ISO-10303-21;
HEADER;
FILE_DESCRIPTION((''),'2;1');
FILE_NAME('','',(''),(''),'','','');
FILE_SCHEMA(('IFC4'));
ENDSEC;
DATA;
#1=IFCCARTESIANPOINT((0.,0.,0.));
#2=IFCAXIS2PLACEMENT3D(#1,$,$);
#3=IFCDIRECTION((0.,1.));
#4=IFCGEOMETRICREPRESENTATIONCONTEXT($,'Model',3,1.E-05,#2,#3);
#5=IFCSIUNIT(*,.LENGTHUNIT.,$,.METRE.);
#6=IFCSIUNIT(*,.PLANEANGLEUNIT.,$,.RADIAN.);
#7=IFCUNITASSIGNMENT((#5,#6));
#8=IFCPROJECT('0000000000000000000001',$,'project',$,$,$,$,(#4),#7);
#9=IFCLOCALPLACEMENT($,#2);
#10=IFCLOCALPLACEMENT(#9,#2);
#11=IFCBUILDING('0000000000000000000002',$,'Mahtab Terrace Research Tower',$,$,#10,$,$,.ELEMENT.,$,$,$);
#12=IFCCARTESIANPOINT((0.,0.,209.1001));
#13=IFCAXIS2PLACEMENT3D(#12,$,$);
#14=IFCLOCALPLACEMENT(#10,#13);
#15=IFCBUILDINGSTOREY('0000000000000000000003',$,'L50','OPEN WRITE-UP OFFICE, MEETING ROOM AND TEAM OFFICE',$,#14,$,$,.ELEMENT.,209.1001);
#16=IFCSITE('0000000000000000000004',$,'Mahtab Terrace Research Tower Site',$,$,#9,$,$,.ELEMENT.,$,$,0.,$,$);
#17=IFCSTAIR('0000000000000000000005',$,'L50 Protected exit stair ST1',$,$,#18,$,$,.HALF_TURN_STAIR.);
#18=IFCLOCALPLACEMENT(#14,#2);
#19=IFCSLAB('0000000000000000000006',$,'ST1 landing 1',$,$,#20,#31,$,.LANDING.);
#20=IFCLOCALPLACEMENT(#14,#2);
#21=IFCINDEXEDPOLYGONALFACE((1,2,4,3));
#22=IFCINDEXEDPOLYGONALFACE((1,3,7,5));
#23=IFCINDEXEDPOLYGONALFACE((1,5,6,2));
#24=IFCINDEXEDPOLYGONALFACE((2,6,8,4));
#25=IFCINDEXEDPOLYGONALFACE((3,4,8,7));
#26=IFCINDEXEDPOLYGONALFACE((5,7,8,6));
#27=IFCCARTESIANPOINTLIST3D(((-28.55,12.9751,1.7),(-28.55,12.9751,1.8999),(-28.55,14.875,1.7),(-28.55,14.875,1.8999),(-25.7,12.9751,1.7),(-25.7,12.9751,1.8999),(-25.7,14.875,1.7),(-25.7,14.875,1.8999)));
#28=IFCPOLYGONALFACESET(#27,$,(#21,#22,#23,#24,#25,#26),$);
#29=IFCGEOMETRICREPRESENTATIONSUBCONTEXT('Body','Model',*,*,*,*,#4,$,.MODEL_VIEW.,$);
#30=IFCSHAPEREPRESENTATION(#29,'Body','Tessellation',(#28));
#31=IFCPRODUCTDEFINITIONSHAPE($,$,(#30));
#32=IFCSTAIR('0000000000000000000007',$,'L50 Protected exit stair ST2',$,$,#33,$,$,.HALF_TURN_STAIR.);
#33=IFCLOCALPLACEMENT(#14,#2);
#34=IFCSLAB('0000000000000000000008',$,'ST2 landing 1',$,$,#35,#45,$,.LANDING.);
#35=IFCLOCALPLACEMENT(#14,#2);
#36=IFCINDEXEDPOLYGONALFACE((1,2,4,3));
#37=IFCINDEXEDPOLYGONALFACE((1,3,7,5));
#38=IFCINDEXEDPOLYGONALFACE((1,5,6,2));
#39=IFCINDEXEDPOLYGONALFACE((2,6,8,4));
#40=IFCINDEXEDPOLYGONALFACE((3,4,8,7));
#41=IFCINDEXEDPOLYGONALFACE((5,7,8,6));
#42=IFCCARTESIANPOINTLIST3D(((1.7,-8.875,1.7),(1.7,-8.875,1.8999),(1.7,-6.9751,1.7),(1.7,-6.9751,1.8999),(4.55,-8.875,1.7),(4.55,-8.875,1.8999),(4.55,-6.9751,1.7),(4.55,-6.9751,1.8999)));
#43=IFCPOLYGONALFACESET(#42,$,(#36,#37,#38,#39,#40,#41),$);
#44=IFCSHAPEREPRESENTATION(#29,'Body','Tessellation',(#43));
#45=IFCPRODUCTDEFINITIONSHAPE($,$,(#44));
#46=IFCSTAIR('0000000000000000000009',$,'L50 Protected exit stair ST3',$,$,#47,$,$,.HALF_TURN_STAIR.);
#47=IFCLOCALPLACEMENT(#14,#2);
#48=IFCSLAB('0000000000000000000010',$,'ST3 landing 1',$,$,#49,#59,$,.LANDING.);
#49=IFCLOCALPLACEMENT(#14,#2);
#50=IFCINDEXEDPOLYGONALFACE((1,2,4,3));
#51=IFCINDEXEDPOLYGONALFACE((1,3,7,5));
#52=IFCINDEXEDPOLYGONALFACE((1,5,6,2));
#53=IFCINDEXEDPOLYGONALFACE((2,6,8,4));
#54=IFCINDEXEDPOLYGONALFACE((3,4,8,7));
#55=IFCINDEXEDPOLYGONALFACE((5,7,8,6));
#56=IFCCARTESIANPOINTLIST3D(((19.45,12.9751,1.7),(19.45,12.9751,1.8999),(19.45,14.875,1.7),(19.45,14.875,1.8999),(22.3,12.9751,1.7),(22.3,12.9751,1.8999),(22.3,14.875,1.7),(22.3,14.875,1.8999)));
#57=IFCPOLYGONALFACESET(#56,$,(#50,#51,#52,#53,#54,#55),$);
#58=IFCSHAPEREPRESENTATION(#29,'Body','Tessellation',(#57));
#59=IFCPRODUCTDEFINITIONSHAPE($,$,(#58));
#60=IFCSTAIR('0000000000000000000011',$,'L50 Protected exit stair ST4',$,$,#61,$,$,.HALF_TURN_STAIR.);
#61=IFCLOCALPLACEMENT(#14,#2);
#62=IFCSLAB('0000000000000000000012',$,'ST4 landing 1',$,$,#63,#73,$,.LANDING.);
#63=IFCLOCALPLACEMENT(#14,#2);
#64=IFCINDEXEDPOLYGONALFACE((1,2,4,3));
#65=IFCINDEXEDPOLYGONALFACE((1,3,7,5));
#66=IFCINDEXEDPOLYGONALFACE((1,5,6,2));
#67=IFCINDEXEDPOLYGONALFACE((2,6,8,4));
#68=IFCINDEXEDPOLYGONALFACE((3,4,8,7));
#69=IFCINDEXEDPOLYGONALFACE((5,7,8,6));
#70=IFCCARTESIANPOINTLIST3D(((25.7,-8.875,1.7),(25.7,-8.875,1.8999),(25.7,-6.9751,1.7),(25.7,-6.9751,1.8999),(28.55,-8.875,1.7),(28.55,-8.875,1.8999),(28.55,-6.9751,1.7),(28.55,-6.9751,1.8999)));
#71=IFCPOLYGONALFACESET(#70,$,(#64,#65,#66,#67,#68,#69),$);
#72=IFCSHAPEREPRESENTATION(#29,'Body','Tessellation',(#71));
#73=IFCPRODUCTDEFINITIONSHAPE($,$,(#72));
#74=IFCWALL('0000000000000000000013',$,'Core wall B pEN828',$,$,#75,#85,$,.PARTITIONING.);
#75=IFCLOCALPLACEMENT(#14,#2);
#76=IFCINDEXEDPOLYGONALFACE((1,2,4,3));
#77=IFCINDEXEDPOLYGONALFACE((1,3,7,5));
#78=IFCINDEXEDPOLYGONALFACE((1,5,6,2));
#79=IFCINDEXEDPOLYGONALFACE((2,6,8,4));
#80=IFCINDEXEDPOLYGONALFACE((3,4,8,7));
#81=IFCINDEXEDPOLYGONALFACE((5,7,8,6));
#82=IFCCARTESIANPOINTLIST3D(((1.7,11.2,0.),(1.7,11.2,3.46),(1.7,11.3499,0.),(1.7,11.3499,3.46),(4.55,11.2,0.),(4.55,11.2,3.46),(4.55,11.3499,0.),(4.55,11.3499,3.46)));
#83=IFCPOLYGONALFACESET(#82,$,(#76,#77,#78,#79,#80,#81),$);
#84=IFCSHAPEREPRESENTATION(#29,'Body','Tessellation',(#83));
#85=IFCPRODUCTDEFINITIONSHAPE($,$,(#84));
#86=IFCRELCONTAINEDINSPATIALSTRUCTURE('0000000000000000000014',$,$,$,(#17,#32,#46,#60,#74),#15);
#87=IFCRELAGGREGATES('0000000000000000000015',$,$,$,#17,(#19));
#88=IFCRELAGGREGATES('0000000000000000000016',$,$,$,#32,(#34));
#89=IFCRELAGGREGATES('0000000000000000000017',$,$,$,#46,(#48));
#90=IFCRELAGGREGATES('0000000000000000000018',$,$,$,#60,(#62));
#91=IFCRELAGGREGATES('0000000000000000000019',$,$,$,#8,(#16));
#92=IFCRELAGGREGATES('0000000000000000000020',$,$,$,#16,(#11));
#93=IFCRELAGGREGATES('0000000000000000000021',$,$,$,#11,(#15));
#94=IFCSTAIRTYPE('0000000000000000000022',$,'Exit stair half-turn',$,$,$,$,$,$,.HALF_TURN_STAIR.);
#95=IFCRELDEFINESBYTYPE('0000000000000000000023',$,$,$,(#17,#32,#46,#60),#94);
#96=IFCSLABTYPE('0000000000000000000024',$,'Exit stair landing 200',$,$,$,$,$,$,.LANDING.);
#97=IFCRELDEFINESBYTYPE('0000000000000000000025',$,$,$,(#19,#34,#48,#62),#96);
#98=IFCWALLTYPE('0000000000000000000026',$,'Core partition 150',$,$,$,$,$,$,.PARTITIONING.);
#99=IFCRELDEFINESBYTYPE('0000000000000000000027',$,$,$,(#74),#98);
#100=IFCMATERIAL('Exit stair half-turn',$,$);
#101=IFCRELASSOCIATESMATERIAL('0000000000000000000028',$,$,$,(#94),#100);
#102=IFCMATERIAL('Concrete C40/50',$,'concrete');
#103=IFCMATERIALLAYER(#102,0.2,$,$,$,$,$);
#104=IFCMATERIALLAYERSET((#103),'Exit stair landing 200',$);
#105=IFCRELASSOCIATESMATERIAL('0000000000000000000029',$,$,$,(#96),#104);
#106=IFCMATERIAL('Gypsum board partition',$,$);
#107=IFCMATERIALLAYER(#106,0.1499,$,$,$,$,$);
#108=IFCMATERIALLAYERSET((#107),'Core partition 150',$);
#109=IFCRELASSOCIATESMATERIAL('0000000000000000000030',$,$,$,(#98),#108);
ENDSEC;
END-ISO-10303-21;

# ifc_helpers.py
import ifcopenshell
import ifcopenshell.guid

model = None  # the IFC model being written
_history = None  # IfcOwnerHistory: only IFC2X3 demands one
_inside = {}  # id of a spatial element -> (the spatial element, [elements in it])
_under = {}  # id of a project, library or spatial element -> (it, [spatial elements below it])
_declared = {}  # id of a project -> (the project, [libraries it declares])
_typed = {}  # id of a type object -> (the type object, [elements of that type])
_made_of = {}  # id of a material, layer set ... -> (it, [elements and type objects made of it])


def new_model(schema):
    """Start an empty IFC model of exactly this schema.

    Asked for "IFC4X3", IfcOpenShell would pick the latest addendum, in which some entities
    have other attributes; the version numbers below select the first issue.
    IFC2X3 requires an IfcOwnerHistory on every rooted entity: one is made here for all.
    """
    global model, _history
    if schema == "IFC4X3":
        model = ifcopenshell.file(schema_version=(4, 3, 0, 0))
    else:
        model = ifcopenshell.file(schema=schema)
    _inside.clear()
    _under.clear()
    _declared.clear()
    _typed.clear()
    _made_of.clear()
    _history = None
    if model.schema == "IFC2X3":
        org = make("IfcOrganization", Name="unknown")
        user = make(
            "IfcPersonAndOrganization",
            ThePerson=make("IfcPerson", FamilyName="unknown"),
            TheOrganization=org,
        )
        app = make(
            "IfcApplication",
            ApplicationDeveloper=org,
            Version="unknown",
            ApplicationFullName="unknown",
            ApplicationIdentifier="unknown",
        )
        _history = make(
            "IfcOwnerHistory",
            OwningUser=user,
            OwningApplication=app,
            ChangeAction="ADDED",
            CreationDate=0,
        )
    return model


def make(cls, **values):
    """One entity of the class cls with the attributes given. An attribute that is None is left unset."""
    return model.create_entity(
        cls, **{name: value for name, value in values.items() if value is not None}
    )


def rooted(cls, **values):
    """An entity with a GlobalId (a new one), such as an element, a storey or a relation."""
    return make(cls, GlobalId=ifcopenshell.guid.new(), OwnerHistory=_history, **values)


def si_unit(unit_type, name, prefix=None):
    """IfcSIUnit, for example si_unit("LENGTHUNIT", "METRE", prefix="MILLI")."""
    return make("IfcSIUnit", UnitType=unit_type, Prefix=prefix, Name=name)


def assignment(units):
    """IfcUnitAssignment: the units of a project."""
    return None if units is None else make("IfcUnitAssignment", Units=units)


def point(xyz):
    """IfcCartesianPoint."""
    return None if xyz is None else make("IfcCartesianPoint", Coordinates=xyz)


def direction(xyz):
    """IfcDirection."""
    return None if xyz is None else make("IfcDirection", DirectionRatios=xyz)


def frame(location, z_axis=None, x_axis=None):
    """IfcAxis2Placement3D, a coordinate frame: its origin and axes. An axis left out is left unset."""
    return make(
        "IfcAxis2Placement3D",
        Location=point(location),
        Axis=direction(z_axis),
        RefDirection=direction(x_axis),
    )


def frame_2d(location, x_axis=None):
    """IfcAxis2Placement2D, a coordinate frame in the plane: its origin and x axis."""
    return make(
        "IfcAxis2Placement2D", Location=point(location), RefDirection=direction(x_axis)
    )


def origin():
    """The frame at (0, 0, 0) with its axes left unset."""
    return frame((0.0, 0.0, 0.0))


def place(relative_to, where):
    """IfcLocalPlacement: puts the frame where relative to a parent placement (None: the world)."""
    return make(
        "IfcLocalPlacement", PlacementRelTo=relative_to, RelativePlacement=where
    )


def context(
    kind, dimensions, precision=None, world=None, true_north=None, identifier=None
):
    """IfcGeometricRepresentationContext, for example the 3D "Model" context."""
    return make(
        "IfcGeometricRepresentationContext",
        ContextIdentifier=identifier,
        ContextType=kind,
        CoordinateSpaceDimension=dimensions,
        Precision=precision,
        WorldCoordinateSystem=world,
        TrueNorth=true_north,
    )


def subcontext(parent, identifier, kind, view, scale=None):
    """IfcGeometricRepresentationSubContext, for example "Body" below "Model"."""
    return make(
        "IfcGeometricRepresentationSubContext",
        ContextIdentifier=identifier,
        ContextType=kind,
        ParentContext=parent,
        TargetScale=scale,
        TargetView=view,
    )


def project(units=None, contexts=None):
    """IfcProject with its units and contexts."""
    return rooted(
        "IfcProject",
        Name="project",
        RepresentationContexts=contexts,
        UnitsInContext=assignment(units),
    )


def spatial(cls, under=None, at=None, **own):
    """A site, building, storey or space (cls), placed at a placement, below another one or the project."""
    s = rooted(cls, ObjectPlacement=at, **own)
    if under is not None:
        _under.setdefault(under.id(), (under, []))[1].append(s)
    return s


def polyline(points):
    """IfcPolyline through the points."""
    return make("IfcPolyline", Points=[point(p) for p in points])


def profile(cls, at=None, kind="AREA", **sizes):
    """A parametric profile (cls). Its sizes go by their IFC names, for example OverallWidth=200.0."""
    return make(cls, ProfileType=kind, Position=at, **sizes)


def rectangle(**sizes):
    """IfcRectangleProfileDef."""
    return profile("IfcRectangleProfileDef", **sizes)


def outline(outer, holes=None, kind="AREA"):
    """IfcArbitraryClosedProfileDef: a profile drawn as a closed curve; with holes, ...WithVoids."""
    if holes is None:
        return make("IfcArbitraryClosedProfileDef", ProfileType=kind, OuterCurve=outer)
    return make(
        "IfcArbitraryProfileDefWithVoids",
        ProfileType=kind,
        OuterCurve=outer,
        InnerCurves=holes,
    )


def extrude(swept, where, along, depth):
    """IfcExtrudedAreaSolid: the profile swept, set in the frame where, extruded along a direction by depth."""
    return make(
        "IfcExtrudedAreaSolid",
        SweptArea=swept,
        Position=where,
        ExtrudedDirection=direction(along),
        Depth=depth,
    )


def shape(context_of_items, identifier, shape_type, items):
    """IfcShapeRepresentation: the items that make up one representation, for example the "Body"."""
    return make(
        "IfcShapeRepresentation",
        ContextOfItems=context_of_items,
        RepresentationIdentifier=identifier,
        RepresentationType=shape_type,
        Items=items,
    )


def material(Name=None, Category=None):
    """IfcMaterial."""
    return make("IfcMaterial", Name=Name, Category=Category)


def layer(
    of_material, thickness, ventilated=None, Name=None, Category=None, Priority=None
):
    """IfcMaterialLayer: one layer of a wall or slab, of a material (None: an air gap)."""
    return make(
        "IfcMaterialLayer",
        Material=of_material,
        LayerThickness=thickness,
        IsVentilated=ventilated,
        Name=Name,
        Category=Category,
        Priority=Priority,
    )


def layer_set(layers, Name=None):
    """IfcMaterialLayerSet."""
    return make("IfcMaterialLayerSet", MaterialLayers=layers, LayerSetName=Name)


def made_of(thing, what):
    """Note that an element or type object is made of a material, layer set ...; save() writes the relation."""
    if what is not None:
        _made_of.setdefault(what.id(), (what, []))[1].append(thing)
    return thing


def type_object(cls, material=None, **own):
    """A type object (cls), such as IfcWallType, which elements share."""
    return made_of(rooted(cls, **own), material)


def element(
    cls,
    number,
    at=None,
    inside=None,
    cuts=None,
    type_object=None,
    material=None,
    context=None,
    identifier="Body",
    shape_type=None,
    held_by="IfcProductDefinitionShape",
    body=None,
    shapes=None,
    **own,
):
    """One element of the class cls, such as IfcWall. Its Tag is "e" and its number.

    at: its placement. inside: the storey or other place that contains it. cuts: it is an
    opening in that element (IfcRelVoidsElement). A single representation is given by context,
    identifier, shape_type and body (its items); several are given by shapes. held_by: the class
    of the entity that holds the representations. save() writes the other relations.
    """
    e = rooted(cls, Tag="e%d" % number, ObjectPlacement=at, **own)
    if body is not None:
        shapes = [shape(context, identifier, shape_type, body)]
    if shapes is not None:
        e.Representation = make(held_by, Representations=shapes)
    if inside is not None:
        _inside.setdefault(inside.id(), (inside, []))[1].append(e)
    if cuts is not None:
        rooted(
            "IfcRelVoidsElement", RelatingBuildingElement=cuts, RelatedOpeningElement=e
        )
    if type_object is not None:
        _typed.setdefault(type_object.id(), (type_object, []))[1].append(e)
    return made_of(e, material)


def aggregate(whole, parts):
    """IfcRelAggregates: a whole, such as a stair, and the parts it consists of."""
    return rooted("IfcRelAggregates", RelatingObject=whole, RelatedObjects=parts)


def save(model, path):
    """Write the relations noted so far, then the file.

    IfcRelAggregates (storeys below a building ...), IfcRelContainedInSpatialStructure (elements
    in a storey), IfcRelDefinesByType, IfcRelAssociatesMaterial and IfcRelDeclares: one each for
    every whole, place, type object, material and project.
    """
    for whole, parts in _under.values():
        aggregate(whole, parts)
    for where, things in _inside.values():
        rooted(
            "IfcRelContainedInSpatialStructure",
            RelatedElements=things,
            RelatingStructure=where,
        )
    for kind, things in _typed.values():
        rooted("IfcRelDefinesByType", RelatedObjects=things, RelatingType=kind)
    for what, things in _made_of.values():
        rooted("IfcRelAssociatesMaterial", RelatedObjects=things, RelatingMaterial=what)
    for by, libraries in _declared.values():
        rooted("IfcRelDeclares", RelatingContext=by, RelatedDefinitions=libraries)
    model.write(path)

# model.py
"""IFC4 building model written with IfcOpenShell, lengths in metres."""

from ifc_helpers import new_model, si_unit, direction, frame, frame_2d, origin, place, context, subcontext, project, spatial, polyline, rectangle, outline, extrude, material, layer, layer_set, type_object, element, aggregate, save


model = new_model("IFC4")

# Units and contexts
model_context = context("Model", 3, precision=1e-05, world=origin(), true_north=direction((0.0, 1.0)))
body_context = subcontext(model_context, "Body", "Model", "MODEL_VIEW")
ifc_project = project(units=[si_unit("LENGTHUNIT", "METRE"), si_unit("PLANEANGLEUNIT", "RADIAN")], contexts=[model_context])

# Site, building, storey
site_placement = place(None, origin())
site = spatial("IfcSite", under=ifc_project, at=site_placement, Name="Mahtab Terrace Research Tower Site", CompositionType="ELEMENT", RefElevation=0.0)
building_placement = place(site_placement, origin())
building = spatial("IfcBuilding", under=site, at=building_placement, Name="Mahtab Terrace Research Tower", CompositionType="ELEMENT")
storey_placement = place(building_placement, frame((0.0, 0.0, 209.1001)))
storey = spatial("IfcBuildingStorey", under=building, at=storey_placement, Name="L50", Description="OPEN WRITE-UP OFFICE, MEETING ROOM AND TEAM OFFICE", CompositionType="ELEMENT", Elevation=209.1001)

# Stairs, slabs
ifc_material_1 = material(Name="Exit stair half-turn")
stair_type = type_object("IfcStairType", Name="Exit stair half-turn", PredefinedType="HALF_TURN_STAIR", material=ifc_material_1)
stair_1_placement = place(storey_placement, origin())
stair_1 = element("IfcStair", 1, at=stair_1_placement, inside=storey, type_object=stair_type, Name="L50 Protected exit stair ST1", PredefinedType="HALF_TURN_STAIR")
ifc_material_2 = material(Name="Concrete C40/50", Category="concrete")
ifc_layer_1 = layer(ifc_material_2, 0.2)
ifc_layer_set_1 = layer_set([ifc_layer_1], Name="Exit stair landing 200")
slab_type = type_object("IfcSlabType", Name="Exit stair landing 200", PredefinedType="LANDING", material=ifc_layer_set_1)
slab_1_placement = place(storey_placement, frame((0.0, 0.0, 1.7)))
slab_1 = element("IfcSlab", 2, at=slab_1_placement, type_object=slab_type, Name="ST1 landing 1", PredefinedType="LANDING", context=body_context, shape_type="SweptSolid", body=[
    extrude(outline(polyline([(-25.7, 12.9751), (-25.7, 14.875), (-28.55, 14.875), (-28.55, 12.9751), (-25.7, 12.9751)])), origin(), (0.0, 0.0, 1.0), 0.2),
])
aggregate(stair_1, [slab_1])
stair_2_placement = place(storey_placement, origin())
stair_2 = element("IfcStair", 3, at=stair_2_placement, inside=storey, type_object=stair_type, Name="L50 Protected exit stair ST2", PredefinedType="HALF_TURN_STAIR")
slab_2_placement = place(storey_placement, frame((0.0, 0.0, 1.7)))
slab_2 = element("IfcSlab", 4, at=slab_2_placement, type_object=slab_type, Name="ST2 landing 1", PredefinedType="LANDING", context=body_context, shape_type="SweptSolid", body=[
    extrude(outline(polyline([(1.7, -6.9751), (1.7, -8.875), (4.55, -8.875), (4.55, -6.9751), (1.7, -6.9751)])), origin(), (0.0, 0.0, 1.0), 0.2),
])
aggregate(stair_2, [slab_2])
stair_3_placement = place(storey_placement, origin())
stair_3 = element("IfcStair", 5, at=stair_3_placement, inside=storey, type_object=stair_type, Name="L50 Protected exit stair ST3", PredefinedType="HALF_TURN_STAIR")
slab_3_placement = place(storey_placement, frame((0.0, 0.0, 1.7)))
slab_3 = element("IfcSlab", 6, at=slab_3_placement, type_object=slab_type, Name="ST3 landing 1", PredefinedType="LANDING", context=body_context, shape_type="SweptSolid", body=[
    extrude(outline(polyline([(22.3, 12.9751), (22.3, 14.875), (19.45, 14.875), (19.45, 12.9751), (22.3, 12.9751)])), origin(), (0.0, 0.0, 1.0), 0.2),
])
aggregate(stair_3, [slab_3])
stair_4_placement = place(storey_placement, origin())
stair_4 = element("IfcStair", 7, at=stair_4_placement, inside=storey, type_object=stair_type, Name="L50 Protected exit stair ST4", PredefinedType="HALF_TURN_STAIR")
slab_4_placement = place(storey_placement, frame((0.0, 0.0, 1.7)))
slab_4 = element("IfcSlab", 8, at=slab_4_placement, type_object=slab_type, Name="ST4 landing 1", PredefinedType="LANDING", context=body_context, shape_type="SweptSolid", body=[
    extrude(outline(polyline([(25.7, -6.9751), (25.7, -8.875), (28.55, -8.875), (28.55, -6.9751), (25.7, -6.9751)])), origin(), (0.0, 0.0, 1.0), 0.2),
])
aggregate(stair_4, [slab_4])

# Wall
ifc_material_3 = material(Name="Gypsum board partition")
ifc_layer_2 = layer(ifc_material_3, 0.1499)
ifc_layer_set_2 = layer_set([ifc_layer_2], Name="Core partition 150")
wall_type_1 = type_object("IfcWallType", Name="Core partition 150", PredefinedType="PARTITIONING", material=ifc_layer_set_2)
wall_1_placement = place(storey_placement, frame((1.7, 11.2749, 0.0), z_axis=(0.0, 0.0, 1.0), x_axis=(1.0, 0.0, 0.0)))
element("IfcWall", 9, at=wall_1_placement, inside=storey, type_object=wall_type_1, Name="Core wall B pEN828", PredefinedType="PARTITIONING", context=body_context, shape_type="SweptSolid", body=[
    extrude(rectangle(XDim=2.8501, YDim=0.1499, at=frame_2d((1.425, 0.0))), origin(), (0.0, 0.0, 1.0), 3.46),
])

save(model, "model.ifc")
